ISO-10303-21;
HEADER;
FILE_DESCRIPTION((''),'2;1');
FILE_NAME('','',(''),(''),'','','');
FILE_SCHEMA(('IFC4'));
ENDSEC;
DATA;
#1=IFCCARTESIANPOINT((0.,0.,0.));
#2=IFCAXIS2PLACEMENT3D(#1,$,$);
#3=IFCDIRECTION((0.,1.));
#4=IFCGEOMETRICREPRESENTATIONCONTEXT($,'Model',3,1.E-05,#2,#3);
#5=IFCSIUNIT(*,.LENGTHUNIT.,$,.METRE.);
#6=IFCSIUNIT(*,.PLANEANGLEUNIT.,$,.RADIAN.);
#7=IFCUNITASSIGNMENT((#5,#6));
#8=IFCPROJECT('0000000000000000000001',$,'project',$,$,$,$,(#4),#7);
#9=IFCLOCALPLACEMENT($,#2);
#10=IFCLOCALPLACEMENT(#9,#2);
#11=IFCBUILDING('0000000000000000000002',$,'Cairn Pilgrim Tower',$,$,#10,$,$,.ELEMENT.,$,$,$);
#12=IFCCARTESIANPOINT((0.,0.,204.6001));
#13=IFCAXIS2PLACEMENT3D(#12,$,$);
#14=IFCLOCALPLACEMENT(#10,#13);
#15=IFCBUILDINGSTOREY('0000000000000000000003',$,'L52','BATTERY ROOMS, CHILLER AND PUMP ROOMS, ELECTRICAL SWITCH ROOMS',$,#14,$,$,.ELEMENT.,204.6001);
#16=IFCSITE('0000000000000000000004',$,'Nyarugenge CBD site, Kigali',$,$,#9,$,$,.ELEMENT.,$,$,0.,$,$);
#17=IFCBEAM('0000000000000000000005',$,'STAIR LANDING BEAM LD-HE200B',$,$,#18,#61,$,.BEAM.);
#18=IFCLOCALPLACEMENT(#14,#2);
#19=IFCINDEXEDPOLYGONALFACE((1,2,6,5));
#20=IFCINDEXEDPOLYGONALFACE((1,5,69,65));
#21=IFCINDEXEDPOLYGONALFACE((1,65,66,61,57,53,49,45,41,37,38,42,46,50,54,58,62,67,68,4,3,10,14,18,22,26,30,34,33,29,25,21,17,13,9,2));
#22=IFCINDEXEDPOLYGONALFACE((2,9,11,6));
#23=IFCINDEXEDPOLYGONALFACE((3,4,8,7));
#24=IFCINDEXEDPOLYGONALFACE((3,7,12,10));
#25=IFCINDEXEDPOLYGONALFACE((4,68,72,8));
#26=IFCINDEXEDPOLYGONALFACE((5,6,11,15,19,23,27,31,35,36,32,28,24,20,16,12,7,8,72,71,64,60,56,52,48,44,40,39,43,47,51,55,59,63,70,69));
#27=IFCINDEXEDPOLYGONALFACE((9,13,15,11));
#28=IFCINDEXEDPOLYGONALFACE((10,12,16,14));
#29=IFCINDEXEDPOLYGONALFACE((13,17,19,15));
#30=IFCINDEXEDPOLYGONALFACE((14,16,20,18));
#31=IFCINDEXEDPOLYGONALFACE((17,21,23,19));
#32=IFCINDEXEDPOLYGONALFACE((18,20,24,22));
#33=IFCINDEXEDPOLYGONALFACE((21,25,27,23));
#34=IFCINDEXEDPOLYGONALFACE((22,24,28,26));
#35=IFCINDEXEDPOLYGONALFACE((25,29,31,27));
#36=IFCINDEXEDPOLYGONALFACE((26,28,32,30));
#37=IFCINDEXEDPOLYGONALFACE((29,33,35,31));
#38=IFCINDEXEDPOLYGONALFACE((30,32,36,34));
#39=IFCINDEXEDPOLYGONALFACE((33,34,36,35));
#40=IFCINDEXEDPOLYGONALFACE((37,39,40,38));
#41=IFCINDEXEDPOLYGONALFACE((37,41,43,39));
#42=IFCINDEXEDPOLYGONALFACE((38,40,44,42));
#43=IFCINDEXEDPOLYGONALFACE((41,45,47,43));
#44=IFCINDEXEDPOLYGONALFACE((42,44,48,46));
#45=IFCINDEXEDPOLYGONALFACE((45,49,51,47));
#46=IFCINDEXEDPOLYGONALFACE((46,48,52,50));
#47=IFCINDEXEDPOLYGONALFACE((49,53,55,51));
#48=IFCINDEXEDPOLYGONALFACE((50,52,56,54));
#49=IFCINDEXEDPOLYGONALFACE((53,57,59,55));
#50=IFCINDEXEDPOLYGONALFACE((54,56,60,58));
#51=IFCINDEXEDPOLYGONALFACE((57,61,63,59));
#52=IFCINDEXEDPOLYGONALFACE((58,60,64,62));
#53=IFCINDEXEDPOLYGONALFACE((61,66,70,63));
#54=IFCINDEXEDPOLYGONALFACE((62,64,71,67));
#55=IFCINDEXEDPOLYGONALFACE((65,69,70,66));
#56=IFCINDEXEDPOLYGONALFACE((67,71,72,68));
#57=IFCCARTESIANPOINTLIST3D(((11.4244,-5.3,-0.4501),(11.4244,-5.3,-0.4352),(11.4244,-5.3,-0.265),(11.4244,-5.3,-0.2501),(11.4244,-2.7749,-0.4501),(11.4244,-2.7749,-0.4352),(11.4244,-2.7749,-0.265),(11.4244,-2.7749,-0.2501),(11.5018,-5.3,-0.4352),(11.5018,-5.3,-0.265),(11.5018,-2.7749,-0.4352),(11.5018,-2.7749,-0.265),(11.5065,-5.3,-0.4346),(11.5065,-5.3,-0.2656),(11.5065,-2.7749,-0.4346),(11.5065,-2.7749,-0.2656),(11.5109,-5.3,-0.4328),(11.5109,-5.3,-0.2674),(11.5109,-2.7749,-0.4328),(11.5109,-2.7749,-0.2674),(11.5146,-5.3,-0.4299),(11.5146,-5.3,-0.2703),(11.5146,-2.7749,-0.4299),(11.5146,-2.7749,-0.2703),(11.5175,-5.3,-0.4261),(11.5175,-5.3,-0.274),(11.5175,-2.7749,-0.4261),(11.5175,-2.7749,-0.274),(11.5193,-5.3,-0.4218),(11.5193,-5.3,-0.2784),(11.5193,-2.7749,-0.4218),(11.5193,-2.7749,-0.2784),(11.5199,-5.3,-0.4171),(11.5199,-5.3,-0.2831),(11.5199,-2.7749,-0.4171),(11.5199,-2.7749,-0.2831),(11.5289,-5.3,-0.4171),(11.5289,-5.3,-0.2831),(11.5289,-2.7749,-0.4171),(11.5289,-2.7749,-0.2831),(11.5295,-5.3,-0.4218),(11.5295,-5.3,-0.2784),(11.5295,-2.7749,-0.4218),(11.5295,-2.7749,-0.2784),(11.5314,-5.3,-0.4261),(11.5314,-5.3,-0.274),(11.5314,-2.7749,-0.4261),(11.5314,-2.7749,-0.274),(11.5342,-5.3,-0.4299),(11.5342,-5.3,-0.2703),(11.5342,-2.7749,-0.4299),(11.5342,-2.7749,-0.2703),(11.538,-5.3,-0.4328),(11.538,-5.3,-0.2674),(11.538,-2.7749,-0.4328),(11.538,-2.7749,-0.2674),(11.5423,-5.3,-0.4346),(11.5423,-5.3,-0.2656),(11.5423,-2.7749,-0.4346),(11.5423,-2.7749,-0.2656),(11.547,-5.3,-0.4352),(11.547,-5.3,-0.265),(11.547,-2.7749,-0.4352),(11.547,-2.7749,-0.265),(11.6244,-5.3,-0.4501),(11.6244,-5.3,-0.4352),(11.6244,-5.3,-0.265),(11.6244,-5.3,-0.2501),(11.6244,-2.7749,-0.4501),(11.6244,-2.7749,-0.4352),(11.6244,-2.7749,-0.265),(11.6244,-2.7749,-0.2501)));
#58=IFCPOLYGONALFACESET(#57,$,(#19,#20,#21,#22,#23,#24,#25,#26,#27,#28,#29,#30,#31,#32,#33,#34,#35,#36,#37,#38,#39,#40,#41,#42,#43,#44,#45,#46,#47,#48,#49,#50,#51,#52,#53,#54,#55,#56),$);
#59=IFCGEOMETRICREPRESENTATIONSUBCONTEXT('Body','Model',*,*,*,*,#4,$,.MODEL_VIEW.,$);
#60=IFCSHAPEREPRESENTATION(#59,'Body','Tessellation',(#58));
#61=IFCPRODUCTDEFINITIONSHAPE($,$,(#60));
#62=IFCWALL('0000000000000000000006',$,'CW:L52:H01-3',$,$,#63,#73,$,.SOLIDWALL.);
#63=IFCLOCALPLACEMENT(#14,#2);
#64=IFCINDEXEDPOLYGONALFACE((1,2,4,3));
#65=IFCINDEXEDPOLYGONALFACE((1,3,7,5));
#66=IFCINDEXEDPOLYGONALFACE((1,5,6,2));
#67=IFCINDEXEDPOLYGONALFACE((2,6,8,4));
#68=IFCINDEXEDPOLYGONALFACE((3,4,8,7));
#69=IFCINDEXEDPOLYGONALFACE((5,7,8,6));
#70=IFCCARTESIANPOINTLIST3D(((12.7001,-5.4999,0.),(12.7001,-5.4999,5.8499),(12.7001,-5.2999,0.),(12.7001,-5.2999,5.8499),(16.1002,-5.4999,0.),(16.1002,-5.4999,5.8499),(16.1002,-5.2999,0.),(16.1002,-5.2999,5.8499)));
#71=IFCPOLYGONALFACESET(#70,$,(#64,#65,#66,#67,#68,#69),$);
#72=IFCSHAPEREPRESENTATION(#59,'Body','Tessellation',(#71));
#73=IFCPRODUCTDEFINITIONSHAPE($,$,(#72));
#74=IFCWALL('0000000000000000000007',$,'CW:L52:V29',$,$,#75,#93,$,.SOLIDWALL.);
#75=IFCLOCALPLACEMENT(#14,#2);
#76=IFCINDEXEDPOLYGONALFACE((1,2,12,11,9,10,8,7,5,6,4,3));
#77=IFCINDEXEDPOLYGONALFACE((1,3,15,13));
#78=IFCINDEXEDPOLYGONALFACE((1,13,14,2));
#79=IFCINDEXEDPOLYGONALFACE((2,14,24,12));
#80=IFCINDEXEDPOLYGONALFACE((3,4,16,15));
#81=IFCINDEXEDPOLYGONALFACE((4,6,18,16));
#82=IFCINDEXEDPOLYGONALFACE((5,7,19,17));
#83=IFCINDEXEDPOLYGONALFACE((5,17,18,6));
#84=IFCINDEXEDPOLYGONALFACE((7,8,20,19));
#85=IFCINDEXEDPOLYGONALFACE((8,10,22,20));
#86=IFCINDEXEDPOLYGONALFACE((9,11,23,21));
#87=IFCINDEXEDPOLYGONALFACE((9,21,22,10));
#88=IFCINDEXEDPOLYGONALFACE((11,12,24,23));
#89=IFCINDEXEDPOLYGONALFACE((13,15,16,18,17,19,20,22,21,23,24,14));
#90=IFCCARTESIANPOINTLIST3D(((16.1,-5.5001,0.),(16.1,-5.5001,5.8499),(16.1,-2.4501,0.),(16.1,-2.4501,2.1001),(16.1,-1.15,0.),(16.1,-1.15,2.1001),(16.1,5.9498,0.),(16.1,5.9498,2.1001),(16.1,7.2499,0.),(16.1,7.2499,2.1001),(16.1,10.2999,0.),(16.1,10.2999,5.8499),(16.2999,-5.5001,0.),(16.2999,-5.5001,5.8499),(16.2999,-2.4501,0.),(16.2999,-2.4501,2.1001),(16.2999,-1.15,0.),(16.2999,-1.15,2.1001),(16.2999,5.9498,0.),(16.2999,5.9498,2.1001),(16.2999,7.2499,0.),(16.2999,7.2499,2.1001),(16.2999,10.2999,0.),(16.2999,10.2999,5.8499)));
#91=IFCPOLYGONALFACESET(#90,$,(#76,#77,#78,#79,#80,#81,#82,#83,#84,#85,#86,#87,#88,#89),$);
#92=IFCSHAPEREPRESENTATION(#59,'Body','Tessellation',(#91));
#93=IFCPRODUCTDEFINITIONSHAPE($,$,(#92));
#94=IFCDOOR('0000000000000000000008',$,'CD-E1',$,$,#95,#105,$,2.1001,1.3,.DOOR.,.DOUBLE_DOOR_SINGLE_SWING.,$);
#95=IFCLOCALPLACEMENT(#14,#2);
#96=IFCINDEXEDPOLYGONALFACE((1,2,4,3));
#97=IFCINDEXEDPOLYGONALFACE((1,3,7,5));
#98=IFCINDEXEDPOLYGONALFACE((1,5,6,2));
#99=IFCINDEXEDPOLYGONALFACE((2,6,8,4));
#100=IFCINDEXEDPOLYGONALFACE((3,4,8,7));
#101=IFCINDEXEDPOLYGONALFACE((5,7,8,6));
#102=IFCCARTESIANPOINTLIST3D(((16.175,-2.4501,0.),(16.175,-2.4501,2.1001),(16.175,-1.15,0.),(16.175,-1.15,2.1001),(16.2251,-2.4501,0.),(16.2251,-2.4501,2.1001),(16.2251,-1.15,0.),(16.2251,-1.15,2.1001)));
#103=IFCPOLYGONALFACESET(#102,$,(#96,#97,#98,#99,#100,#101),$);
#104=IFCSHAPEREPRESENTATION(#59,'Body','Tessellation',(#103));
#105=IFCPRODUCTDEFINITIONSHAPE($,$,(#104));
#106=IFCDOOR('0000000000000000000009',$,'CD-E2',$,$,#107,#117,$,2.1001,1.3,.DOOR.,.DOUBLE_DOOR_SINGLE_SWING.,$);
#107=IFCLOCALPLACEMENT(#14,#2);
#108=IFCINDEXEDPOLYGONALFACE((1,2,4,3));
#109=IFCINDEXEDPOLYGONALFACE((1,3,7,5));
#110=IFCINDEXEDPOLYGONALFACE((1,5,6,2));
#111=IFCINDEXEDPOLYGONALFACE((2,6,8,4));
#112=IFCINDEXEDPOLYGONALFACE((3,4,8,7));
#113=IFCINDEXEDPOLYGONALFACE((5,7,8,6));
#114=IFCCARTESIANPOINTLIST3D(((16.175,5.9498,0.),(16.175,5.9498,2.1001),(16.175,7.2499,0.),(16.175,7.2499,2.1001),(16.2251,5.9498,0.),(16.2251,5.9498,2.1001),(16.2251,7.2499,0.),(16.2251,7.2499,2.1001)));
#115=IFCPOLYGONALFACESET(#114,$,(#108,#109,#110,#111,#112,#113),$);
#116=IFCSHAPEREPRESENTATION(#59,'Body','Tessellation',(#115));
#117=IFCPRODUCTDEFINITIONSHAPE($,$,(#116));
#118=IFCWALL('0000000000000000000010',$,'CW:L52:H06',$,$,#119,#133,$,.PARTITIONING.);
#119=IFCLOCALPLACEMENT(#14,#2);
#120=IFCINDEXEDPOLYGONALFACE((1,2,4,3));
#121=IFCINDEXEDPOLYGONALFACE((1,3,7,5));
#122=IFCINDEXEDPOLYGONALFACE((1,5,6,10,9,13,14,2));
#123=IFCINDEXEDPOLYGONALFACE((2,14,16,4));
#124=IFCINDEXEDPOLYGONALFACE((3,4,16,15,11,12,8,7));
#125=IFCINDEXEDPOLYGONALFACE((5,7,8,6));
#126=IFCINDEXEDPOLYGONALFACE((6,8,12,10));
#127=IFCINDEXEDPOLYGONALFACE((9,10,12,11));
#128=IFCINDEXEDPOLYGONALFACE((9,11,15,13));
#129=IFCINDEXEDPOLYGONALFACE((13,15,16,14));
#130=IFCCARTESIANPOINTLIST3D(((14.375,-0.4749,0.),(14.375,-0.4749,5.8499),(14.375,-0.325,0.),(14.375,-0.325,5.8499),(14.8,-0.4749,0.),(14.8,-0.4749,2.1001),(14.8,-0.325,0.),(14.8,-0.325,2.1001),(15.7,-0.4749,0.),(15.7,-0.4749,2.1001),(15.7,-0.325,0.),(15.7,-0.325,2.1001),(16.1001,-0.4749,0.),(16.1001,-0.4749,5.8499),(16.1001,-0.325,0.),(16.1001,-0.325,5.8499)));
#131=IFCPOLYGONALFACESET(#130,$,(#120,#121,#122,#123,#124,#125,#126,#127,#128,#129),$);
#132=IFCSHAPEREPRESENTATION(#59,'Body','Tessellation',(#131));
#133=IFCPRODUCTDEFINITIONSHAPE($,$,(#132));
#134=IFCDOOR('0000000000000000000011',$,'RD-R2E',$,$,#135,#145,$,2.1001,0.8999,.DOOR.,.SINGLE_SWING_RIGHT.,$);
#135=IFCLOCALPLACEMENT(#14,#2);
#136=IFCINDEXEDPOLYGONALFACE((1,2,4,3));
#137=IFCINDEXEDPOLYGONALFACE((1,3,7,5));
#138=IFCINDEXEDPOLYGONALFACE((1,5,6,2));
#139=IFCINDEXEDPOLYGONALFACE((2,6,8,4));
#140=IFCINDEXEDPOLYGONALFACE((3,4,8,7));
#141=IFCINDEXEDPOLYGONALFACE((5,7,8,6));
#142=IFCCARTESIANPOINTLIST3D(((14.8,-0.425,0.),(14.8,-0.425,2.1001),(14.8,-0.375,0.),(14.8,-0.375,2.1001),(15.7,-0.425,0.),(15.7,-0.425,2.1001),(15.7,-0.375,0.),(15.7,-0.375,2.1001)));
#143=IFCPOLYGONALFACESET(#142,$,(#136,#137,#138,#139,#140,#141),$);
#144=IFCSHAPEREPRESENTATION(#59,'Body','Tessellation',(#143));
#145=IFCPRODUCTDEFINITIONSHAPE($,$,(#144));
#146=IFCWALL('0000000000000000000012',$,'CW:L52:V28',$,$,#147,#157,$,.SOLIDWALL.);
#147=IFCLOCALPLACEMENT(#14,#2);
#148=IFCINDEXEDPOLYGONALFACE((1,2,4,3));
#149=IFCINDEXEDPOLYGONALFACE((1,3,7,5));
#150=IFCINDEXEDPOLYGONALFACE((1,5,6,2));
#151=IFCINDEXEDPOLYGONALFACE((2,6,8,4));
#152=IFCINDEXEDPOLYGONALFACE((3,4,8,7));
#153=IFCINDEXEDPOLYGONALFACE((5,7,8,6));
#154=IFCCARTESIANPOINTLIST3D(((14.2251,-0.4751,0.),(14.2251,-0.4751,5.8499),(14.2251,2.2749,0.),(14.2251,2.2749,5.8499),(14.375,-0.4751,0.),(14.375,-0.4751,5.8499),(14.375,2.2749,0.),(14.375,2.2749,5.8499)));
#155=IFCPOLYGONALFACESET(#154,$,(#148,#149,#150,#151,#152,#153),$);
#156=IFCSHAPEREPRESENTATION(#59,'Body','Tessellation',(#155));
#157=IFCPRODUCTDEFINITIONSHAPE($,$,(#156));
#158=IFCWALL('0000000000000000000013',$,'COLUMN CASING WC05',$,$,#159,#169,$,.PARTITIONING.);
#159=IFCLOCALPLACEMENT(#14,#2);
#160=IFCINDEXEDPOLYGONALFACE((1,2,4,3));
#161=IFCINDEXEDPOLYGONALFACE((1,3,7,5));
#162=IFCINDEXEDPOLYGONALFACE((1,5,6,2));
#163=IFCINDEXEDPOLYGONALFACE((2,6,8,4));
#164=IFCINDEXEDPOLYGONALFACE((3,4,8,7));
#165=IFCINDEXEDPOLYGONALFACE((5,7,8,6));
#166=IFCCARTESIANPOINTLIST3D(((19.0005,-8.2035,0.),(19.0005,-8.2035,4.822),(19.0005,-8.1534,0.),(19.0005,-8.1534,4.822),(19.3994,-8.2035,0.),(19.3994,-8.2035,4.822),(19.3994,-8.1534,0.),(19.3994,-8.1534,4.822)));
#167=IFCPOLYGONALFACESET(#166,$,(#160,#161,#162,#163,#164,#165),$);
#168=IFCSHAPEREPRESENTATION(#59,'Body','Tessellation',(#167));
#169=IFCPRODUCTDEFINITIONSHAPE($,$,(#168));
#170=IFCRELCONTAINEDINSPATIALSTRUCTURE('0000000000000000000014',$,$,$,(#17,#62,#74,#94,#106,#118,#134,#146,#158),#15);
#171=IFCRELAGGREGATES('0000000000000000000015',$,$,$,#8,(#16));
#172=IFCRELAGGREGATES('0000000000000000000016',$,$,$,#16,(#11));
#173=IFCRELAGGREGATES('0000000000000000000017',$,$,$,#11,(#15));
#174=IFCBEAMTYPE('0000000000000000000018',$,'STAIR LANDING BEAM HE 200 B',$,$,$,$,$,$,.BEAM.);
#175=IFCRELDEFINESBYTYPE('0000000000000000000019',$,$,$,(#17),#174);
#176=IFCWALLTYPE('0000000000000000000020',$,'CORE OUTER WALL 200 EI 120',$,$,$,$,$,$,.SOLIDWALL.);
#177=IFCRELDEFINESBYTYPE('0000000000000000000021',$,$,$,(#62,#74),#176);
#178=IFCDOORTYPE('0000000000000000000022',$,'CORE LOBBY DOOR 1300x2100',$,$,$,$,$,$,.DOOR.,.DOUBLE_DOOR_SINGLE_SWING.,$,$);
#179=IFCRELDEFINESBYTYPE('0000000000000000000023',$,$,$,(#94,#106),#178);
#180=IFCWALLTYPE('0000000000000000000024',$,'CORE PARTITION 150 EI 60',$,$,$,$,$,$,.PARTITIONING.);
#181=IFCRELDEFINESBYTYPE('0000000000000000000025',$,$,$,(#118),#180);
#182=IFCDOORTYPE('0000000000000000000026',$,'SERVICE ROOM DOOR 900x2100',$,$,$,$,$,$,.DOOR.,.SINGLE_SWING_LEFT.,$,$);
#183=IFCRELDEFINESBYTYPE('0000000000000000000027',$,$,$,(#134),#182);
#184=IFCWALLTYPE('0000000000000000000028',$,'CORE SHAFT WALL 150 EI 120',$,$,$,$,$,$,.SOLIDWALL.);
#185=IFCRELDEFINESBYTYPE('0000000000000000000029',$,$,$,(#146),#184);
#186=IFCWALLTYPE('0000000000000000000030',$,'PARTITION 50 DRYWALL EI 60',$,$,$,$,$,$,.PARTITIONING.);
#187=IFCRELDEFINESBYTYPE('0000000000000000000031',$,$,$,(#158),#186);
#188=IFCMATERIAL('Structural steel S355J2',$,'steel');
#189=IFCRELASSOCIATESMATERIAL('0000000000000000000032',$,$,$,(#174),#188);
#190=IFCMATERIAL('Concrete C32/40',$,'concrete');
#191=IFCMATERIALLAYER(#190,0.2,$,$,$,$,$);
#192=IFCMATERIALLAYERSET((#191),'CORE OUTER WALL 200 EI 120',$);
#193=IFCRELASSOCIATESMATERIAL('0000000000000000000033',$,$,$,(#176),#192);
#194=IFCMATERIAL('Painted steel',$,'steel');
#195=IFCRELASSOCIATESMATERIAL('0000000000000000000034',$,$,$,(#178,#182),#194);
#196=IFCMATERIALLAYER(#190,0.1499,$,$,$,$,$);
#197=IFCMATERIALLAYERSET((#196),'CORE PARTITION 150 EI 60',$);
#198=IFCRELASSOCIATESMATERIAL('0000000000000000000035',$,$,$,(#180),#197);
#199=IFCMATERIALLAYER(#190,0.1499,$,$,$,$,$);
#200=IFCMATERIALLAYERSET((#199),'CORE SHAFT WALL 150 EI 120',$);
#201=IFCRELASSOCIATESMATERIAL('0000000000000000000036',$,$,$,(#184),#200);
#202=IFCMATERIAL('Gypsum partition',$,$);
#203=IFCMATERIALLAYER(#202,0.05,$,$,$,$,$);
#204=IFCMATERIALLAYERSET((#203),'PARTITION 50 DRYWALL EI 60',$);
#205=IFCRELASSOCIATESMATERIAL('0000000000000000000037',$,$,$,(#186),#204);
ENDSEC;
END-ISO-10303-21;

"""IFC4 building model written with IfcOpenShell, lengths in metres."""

from ifc_helpers import new_model, si_unit, direction, frame, frame_2d, origin, origin_2d, place, context, subcontext, project, spatial, rectangle, i_section, extrude, material, layer, layer_set, material_profile, profile_set, type_object, element, fill, save


model = new_model("IFC4")

# Units and contexts
model_context = context("Model", 3, precision=1e-05, world=origin(), true_north=direction((0.0, 1.0)))
body_context = subcontext(model_context, "Body", "Model", "MODEL_VIEW")
ifc_project = project(units=[si_unit("LENGTHUNIT", "METRE"), si_unit("PLANEANGLEUNIT", "RADIAN")], contexts=[model_context])

# Site, building, storey
site_placement = place(None, origin())
site = spatial("IfcSite", under=ifc_project, at=site_placement, Name="Nyarugenge CBD site, Kigali", CompositionType="ELEMENT", RefElevation=0.0)
building_placement = place(site_placement, origin())
building = spatial("IfcBuilding", under=site, at=building_placement, Name="Cairn Pilgrim Tower", CompositionType="ELEMENT")
storey_placement = place(building_placement, frame((0.0, 0.0, 204.6001)))
storey = spatial("IfcBuildingStorey", under=building, at=storey_placement, Name="L52", Description="BATTERY ROOMS, CHILLER AND PUMP ROOMS, ELECTRICAL SWITCH ROOMS", CompositionType="ELEMENT", Elevation=204.6001)

# Shared definitions
ifc_material_1 = material(Name="Structural steel S355J2", Category="steel")

# Beam
ifc_material_profile_1 = material_profile(ifc_material_1, i_section(OverallWidth=0.2, OverallDepth=0.2, WebThickness=0.009, FlangeThickness=0.0149, FilletRadius=0.0181, at=origin_2d()), Name="HE 200 B")
ifc_profile_set_1 = profile_set([ifc_material_profile_1], Name="Structural steel S355J2")
beam_type_1 = type_object("IfcBeamType", Name="STAIR LANDING BEAM HE 200 B", PredefinedType="BEAM", material=ifc_profile_set_1)
beam_1_placement = place(storey_placement, frame((11.5244, -2.7749, -0.3501), z_axis=(0.0, -1.0, 0.0), x_axis=(1.0, 0.0, 0.0)))
element("IfcBeam", 1, at=beam_1_placement, inside=storey, type_object=beam_type_1, Name="STAIR LANDING BEAM LD-HE200B", PredefinedType="BEAM", context=body_context, shape_type="SweptSolid", body=[
    extrude(i_section(OverallWidth=0.2, OverallDepth=0.2, WebThickness=0.009, FlangeThickness=0.0149, FilletRadius=0.0181, at=origin_2d()), origin(), (0.0, 0.0, 1.0), 2.5251),
])

# Wall
ifc_material_2 = material(Name="Concrete C32/40", Category="concrete")
ifc_layer_1 = layer(ifc_material_2, 0.2)
ifc_layer_set_1 = layer_set([ifc_layer_1], Name="CORE OUTER WALL 200 EI 120")
wall_type_1 = type_object("IfcWallType", Name="CORE OUTER WALL 200 EI 120", PredefinedType="SOLIDWALL", material=ifc_layer_set_1)
wall_1_placement = place(storey_placement, frame((12.7, -5.3999, 0.0), z_axis=(0.0, 0.0, 1.0), x_axis=(1.0, 0.0, 0.0)))
element("IfcWall", 2, at=wall_1_placement, inside=storey, type_object=wall_type_1, Name="CW:L52:H01-3", PredefinedType="SOLIDWALL", context=body_context, shape_type="SweptSolid", body=[
    extrude(rectangle(XDim=3.4001, YDim=0.2, at=frame_2d((1.7002, 0.0))), origin(), (0.0, 0.0, 1.0), 5.8499),
])

# Wall, openings, doors
wall_2_placement = place(storey_placement, frame((16.2, -5.5, 0.0), z_axis=(0.0, 0.0, 1.0), x_axis=(0.0, 1.0, 0.0)))
wall_2 = element("IfcWall", 3, at=wall_2_placement, inside=storey, type_object=wall_type_1, Name="CW:L52:V29", PredefinedType="SOLIDWALL", context=body_context, shape_type="SweptSolid", body=[
    extrude(rectangle(XDim=15.8, YDim=0.2, at=frame_2d((7.8999, 0.0))), origin(), (0.0, 0.0, 1.0), 5.8499),
])
opening_1_placement = place(wall_2_placement, frame((3.05, 0.0, 0.0)))
opening_1 = element("IfcOpeningElement", 4, at=opening_1_placement, cuts=wall_2, PredefinedType="OPENING", context=body_context, shape_type="SweptSolid", body=[
    extrude(rectangle(XDim=1.3, YDim=2.1001, at=frame_2d((0.6499, 1.05))), frame((0.0, 0.1099, 0.0), z_axis=(0.0, -1.0, 0.0), x_axis=(1.0, 0.0, 0.0)), (0.0, 0.0, 1.0), 0.22),
])
opening_2_placement = place(wall_2_placement, frame((11.45, 0.0, 0.0)))
opening_2 = element("IfcOpeningElement", 5, at=opening_2_placement, cuts=wall_2, PredefinedType="OPENING", context=body_context, shape_type="SweptSolid", body=[
    extrude(rectangle(XDim=1.3, YDim=2.1001, at=frame_2d((0.6499, 1.05))), frame((0.0, 0.1099, 0.0), z_axis=(0.0, -1.0, 0.0), x_axis=(1.0, 0.0, 0.0)), (0.0, 0.0, 1.0), 0.22),
])
ifc_material_3 = material(Name="Painted steel", Category="steel")
door_type_1 = type_object("IfcDoorType", Name="CORE LOBBY DOOR 1300x2100", OperationType="DOUBLE_DOOR_SINGLE_SWING", PredefinedType="DOOR", material=ifc_material_3)
door_1_placement = place(opening_1_placement, origin())
door_1 = element("IfcDoor", 6, at=door_1_placement, inside=storey, type_object=door_type_1, Name="CD-E1", OperationType="DOUBLE_DOOR_SINGLE_SWING", OverallHeight=2.1001, OverallWidth=1.3, PredefinedType="DOOR", context=body_context, shape_type="SweptSolid", body=[
    extrude(rectangle(XDim=1.3, YDim=2.1001, at=frame_2d((0.6499, 1.05))), frame((0.0, 0.0249, 0.0), z_axis=(0.0, -1.0, 0.0), x_axis=(1.0, 0.0, 0.0)), (0.0, 0.0, 1.0), 0.05),
])
fill(opening_1, door_1)
door_2_placement = place(opening_2_placement, origin())
door_2 = element("IfcDoor", 7, at=door_2_placement, inside=storey, type_object=door_type_1, Name="CD-E2", OperationType="DOUBLE_DOOR_SINGLE_SWING", OverallHeight=2.1001, OverallWidth=1.3, PredefinedType="DOOR", context=body_context, shape_type="SweptSolid", body=[
    extrude(rectangle(XDim=1.3, YDim=2.1001, at=frame_2d((0.6499, 1.05))), frame((0.0, 0.0249, 0.0), z_axis=(0.0, -1.0, 0.0), x_axis=(1.0, 0.0, 0.0)), (0.0, 0.0, 1.0), 0.05),
])
fill(opening_2, door_2)

# Wall, opening, door
ifc_layer_2 = layer(ifc_material_2, 0.1499)
ifc_layer_set_2 = layer_set([ifc_layer_2], Name="CORE PARTITION 150 EI 60")
wall_type_2 = type_object("IfcWallType", Name="CORE PARTITION 150 EI 60", PredefinedType="PARTITIONING", material=ifc_layer_set_2)
wall_3_placement = place(storey_placement, frame((14.375, -0.3999, 0.0), z_axis=(0.0, 0.0, 1.0), x_axis=(1.0, 0.0, 0.0)))
wall_3 = element("IfcWall", 8, at=wall_3_placement, inside=storey, type_object=wall_type_2, Name="CW:L52:H06", PredefinedType="PARTITIONING", context=body_context, shape_type="SweptSolid", body=[
    extrude(rectangle(XDim=1.7251, YDim=0.1499, at=frame_2d((0.8625, 0.0))), origin(), (0.0, 0.0, 1.0), 5.8499),
])
opening_3_placement = place(wall_3_placement, frame((0.425, 0.0, 0.0)))
opening_3 = element("IfcOpeningElement", 9, at=opening_3_placement, cuts=wall_3, PredefinedType="OPENING", context=body_context, shape_type="SweptSolid", body=[
    extrude(rectangle(XDim=0.8999, YDim=2.1001, at=frame_2d((0.45, 1.05))), frame((0.0, 0.085, 0.0), z_axis=(0.0, -1.0, 0.0), x_axis=(1.0, 0.0, 0.0)), (0.0, 0.0, 1.0), 0.1699),
])
door_type_2 = type_object("IfcDoorType", Name="SERVICE ROOM DOOR 900x2100", OperationType="SINGLE_SWING_LEFT", PredefinedType="DOOR", material=ifc_material_3)
door_3_placement = place(opening_3_placement, origin())
door_3 = element("IfcDoor", 10, at=door_3_placement, inside=storey, type_object=door_type_2, Name="RD-R2E", OperationType="SINGLE_SWING_RIGHT", OverallHeight=2.1001, OverallWidth=0.8999, PredefinedType="DOOR", context=body_context, shape_type="SweptSolid", body=[
    extrude(rectangle(XDim=0.8999, YDim=2.1001, at=frame_2d((0.45, 1.05))), frame((0.0, 0.0249, 0.0), z_axis=(0.0, -1.0, 0.0), x_axis=(1.0, 0.0, 0.0)), (0.0, 0.0, 1.0), 0.05),
])
fill(opening_3, door_3)

# Walls
ifc_layer_3 = layer(ifc_material_2, 0.1499)
ifc_layer_set_3 = layer_set([ifc_layer_3], Name="CORE SHAFT WALL 150 EI 120")
wall_type_3 = type_object("IfcWallType", Name="CORE SHAFT WALL 150 EI 120", PredefinedType="SOLIDWALL", material=ifc_layer_set_3)
wall_4_placement = place(storey_placement, frame((14.3, -0.4751, 0.0), z_axis=(0.0, 0.0, 1.0), x_axis=(0.0, 1.0, 0.0)))
element("IfcWall", 11, at=wall_4_placement, inside=storey, type_object=wall_type_3, Name="CW:L52:V28", PredefinedType="SOLIDWALL", context=body_context, shape_type="SweptSolid", body=[
    extrude(rectangle(XDim=2.75, YDim=0.1499, at=frame_2d((1.375, 0.0))), origin(), (0.0, 0.0, 1.0), 5.8499),
])
ifc_material_4 = material(Name="Gypsum partition")
ifc_layer_4 = layer(ifc_material_4, 0.05)
ifc_layer_set_4 = layer_set([ifc_layer_4], Name="PARTITION 50 DRYWALL EI 60")
wall_type_4 = type_object("IfcWallType", Name="PARTITION 50 DRYWALL EI 60", PredefinedType="PARTITIONING", material=ifc_layer_set_4)
wall_5_placement = place(storey_placement, frame((19.0005, -8.1785, 0.0), z_axis=(0.0, 0.0, 1.0), x_axis=(1.0, 0.0, 0.0)))
element("IfcWall", 12, at=wall_5_placement, inside=storey, type_object=wall_type_4, Name="COLUMN CASING WC05", PredefinedType="PARTITIONING", context=body_context, shape_type="SweptSolid", body=[
    extrude(rectangle(XDim=0.3989, YDim=0.05, at=frame_2d((0.1995, 0.0))), origin(), (0.0, 0.0, 1.0), 4.822),
])

save(model, "model.ifc")
